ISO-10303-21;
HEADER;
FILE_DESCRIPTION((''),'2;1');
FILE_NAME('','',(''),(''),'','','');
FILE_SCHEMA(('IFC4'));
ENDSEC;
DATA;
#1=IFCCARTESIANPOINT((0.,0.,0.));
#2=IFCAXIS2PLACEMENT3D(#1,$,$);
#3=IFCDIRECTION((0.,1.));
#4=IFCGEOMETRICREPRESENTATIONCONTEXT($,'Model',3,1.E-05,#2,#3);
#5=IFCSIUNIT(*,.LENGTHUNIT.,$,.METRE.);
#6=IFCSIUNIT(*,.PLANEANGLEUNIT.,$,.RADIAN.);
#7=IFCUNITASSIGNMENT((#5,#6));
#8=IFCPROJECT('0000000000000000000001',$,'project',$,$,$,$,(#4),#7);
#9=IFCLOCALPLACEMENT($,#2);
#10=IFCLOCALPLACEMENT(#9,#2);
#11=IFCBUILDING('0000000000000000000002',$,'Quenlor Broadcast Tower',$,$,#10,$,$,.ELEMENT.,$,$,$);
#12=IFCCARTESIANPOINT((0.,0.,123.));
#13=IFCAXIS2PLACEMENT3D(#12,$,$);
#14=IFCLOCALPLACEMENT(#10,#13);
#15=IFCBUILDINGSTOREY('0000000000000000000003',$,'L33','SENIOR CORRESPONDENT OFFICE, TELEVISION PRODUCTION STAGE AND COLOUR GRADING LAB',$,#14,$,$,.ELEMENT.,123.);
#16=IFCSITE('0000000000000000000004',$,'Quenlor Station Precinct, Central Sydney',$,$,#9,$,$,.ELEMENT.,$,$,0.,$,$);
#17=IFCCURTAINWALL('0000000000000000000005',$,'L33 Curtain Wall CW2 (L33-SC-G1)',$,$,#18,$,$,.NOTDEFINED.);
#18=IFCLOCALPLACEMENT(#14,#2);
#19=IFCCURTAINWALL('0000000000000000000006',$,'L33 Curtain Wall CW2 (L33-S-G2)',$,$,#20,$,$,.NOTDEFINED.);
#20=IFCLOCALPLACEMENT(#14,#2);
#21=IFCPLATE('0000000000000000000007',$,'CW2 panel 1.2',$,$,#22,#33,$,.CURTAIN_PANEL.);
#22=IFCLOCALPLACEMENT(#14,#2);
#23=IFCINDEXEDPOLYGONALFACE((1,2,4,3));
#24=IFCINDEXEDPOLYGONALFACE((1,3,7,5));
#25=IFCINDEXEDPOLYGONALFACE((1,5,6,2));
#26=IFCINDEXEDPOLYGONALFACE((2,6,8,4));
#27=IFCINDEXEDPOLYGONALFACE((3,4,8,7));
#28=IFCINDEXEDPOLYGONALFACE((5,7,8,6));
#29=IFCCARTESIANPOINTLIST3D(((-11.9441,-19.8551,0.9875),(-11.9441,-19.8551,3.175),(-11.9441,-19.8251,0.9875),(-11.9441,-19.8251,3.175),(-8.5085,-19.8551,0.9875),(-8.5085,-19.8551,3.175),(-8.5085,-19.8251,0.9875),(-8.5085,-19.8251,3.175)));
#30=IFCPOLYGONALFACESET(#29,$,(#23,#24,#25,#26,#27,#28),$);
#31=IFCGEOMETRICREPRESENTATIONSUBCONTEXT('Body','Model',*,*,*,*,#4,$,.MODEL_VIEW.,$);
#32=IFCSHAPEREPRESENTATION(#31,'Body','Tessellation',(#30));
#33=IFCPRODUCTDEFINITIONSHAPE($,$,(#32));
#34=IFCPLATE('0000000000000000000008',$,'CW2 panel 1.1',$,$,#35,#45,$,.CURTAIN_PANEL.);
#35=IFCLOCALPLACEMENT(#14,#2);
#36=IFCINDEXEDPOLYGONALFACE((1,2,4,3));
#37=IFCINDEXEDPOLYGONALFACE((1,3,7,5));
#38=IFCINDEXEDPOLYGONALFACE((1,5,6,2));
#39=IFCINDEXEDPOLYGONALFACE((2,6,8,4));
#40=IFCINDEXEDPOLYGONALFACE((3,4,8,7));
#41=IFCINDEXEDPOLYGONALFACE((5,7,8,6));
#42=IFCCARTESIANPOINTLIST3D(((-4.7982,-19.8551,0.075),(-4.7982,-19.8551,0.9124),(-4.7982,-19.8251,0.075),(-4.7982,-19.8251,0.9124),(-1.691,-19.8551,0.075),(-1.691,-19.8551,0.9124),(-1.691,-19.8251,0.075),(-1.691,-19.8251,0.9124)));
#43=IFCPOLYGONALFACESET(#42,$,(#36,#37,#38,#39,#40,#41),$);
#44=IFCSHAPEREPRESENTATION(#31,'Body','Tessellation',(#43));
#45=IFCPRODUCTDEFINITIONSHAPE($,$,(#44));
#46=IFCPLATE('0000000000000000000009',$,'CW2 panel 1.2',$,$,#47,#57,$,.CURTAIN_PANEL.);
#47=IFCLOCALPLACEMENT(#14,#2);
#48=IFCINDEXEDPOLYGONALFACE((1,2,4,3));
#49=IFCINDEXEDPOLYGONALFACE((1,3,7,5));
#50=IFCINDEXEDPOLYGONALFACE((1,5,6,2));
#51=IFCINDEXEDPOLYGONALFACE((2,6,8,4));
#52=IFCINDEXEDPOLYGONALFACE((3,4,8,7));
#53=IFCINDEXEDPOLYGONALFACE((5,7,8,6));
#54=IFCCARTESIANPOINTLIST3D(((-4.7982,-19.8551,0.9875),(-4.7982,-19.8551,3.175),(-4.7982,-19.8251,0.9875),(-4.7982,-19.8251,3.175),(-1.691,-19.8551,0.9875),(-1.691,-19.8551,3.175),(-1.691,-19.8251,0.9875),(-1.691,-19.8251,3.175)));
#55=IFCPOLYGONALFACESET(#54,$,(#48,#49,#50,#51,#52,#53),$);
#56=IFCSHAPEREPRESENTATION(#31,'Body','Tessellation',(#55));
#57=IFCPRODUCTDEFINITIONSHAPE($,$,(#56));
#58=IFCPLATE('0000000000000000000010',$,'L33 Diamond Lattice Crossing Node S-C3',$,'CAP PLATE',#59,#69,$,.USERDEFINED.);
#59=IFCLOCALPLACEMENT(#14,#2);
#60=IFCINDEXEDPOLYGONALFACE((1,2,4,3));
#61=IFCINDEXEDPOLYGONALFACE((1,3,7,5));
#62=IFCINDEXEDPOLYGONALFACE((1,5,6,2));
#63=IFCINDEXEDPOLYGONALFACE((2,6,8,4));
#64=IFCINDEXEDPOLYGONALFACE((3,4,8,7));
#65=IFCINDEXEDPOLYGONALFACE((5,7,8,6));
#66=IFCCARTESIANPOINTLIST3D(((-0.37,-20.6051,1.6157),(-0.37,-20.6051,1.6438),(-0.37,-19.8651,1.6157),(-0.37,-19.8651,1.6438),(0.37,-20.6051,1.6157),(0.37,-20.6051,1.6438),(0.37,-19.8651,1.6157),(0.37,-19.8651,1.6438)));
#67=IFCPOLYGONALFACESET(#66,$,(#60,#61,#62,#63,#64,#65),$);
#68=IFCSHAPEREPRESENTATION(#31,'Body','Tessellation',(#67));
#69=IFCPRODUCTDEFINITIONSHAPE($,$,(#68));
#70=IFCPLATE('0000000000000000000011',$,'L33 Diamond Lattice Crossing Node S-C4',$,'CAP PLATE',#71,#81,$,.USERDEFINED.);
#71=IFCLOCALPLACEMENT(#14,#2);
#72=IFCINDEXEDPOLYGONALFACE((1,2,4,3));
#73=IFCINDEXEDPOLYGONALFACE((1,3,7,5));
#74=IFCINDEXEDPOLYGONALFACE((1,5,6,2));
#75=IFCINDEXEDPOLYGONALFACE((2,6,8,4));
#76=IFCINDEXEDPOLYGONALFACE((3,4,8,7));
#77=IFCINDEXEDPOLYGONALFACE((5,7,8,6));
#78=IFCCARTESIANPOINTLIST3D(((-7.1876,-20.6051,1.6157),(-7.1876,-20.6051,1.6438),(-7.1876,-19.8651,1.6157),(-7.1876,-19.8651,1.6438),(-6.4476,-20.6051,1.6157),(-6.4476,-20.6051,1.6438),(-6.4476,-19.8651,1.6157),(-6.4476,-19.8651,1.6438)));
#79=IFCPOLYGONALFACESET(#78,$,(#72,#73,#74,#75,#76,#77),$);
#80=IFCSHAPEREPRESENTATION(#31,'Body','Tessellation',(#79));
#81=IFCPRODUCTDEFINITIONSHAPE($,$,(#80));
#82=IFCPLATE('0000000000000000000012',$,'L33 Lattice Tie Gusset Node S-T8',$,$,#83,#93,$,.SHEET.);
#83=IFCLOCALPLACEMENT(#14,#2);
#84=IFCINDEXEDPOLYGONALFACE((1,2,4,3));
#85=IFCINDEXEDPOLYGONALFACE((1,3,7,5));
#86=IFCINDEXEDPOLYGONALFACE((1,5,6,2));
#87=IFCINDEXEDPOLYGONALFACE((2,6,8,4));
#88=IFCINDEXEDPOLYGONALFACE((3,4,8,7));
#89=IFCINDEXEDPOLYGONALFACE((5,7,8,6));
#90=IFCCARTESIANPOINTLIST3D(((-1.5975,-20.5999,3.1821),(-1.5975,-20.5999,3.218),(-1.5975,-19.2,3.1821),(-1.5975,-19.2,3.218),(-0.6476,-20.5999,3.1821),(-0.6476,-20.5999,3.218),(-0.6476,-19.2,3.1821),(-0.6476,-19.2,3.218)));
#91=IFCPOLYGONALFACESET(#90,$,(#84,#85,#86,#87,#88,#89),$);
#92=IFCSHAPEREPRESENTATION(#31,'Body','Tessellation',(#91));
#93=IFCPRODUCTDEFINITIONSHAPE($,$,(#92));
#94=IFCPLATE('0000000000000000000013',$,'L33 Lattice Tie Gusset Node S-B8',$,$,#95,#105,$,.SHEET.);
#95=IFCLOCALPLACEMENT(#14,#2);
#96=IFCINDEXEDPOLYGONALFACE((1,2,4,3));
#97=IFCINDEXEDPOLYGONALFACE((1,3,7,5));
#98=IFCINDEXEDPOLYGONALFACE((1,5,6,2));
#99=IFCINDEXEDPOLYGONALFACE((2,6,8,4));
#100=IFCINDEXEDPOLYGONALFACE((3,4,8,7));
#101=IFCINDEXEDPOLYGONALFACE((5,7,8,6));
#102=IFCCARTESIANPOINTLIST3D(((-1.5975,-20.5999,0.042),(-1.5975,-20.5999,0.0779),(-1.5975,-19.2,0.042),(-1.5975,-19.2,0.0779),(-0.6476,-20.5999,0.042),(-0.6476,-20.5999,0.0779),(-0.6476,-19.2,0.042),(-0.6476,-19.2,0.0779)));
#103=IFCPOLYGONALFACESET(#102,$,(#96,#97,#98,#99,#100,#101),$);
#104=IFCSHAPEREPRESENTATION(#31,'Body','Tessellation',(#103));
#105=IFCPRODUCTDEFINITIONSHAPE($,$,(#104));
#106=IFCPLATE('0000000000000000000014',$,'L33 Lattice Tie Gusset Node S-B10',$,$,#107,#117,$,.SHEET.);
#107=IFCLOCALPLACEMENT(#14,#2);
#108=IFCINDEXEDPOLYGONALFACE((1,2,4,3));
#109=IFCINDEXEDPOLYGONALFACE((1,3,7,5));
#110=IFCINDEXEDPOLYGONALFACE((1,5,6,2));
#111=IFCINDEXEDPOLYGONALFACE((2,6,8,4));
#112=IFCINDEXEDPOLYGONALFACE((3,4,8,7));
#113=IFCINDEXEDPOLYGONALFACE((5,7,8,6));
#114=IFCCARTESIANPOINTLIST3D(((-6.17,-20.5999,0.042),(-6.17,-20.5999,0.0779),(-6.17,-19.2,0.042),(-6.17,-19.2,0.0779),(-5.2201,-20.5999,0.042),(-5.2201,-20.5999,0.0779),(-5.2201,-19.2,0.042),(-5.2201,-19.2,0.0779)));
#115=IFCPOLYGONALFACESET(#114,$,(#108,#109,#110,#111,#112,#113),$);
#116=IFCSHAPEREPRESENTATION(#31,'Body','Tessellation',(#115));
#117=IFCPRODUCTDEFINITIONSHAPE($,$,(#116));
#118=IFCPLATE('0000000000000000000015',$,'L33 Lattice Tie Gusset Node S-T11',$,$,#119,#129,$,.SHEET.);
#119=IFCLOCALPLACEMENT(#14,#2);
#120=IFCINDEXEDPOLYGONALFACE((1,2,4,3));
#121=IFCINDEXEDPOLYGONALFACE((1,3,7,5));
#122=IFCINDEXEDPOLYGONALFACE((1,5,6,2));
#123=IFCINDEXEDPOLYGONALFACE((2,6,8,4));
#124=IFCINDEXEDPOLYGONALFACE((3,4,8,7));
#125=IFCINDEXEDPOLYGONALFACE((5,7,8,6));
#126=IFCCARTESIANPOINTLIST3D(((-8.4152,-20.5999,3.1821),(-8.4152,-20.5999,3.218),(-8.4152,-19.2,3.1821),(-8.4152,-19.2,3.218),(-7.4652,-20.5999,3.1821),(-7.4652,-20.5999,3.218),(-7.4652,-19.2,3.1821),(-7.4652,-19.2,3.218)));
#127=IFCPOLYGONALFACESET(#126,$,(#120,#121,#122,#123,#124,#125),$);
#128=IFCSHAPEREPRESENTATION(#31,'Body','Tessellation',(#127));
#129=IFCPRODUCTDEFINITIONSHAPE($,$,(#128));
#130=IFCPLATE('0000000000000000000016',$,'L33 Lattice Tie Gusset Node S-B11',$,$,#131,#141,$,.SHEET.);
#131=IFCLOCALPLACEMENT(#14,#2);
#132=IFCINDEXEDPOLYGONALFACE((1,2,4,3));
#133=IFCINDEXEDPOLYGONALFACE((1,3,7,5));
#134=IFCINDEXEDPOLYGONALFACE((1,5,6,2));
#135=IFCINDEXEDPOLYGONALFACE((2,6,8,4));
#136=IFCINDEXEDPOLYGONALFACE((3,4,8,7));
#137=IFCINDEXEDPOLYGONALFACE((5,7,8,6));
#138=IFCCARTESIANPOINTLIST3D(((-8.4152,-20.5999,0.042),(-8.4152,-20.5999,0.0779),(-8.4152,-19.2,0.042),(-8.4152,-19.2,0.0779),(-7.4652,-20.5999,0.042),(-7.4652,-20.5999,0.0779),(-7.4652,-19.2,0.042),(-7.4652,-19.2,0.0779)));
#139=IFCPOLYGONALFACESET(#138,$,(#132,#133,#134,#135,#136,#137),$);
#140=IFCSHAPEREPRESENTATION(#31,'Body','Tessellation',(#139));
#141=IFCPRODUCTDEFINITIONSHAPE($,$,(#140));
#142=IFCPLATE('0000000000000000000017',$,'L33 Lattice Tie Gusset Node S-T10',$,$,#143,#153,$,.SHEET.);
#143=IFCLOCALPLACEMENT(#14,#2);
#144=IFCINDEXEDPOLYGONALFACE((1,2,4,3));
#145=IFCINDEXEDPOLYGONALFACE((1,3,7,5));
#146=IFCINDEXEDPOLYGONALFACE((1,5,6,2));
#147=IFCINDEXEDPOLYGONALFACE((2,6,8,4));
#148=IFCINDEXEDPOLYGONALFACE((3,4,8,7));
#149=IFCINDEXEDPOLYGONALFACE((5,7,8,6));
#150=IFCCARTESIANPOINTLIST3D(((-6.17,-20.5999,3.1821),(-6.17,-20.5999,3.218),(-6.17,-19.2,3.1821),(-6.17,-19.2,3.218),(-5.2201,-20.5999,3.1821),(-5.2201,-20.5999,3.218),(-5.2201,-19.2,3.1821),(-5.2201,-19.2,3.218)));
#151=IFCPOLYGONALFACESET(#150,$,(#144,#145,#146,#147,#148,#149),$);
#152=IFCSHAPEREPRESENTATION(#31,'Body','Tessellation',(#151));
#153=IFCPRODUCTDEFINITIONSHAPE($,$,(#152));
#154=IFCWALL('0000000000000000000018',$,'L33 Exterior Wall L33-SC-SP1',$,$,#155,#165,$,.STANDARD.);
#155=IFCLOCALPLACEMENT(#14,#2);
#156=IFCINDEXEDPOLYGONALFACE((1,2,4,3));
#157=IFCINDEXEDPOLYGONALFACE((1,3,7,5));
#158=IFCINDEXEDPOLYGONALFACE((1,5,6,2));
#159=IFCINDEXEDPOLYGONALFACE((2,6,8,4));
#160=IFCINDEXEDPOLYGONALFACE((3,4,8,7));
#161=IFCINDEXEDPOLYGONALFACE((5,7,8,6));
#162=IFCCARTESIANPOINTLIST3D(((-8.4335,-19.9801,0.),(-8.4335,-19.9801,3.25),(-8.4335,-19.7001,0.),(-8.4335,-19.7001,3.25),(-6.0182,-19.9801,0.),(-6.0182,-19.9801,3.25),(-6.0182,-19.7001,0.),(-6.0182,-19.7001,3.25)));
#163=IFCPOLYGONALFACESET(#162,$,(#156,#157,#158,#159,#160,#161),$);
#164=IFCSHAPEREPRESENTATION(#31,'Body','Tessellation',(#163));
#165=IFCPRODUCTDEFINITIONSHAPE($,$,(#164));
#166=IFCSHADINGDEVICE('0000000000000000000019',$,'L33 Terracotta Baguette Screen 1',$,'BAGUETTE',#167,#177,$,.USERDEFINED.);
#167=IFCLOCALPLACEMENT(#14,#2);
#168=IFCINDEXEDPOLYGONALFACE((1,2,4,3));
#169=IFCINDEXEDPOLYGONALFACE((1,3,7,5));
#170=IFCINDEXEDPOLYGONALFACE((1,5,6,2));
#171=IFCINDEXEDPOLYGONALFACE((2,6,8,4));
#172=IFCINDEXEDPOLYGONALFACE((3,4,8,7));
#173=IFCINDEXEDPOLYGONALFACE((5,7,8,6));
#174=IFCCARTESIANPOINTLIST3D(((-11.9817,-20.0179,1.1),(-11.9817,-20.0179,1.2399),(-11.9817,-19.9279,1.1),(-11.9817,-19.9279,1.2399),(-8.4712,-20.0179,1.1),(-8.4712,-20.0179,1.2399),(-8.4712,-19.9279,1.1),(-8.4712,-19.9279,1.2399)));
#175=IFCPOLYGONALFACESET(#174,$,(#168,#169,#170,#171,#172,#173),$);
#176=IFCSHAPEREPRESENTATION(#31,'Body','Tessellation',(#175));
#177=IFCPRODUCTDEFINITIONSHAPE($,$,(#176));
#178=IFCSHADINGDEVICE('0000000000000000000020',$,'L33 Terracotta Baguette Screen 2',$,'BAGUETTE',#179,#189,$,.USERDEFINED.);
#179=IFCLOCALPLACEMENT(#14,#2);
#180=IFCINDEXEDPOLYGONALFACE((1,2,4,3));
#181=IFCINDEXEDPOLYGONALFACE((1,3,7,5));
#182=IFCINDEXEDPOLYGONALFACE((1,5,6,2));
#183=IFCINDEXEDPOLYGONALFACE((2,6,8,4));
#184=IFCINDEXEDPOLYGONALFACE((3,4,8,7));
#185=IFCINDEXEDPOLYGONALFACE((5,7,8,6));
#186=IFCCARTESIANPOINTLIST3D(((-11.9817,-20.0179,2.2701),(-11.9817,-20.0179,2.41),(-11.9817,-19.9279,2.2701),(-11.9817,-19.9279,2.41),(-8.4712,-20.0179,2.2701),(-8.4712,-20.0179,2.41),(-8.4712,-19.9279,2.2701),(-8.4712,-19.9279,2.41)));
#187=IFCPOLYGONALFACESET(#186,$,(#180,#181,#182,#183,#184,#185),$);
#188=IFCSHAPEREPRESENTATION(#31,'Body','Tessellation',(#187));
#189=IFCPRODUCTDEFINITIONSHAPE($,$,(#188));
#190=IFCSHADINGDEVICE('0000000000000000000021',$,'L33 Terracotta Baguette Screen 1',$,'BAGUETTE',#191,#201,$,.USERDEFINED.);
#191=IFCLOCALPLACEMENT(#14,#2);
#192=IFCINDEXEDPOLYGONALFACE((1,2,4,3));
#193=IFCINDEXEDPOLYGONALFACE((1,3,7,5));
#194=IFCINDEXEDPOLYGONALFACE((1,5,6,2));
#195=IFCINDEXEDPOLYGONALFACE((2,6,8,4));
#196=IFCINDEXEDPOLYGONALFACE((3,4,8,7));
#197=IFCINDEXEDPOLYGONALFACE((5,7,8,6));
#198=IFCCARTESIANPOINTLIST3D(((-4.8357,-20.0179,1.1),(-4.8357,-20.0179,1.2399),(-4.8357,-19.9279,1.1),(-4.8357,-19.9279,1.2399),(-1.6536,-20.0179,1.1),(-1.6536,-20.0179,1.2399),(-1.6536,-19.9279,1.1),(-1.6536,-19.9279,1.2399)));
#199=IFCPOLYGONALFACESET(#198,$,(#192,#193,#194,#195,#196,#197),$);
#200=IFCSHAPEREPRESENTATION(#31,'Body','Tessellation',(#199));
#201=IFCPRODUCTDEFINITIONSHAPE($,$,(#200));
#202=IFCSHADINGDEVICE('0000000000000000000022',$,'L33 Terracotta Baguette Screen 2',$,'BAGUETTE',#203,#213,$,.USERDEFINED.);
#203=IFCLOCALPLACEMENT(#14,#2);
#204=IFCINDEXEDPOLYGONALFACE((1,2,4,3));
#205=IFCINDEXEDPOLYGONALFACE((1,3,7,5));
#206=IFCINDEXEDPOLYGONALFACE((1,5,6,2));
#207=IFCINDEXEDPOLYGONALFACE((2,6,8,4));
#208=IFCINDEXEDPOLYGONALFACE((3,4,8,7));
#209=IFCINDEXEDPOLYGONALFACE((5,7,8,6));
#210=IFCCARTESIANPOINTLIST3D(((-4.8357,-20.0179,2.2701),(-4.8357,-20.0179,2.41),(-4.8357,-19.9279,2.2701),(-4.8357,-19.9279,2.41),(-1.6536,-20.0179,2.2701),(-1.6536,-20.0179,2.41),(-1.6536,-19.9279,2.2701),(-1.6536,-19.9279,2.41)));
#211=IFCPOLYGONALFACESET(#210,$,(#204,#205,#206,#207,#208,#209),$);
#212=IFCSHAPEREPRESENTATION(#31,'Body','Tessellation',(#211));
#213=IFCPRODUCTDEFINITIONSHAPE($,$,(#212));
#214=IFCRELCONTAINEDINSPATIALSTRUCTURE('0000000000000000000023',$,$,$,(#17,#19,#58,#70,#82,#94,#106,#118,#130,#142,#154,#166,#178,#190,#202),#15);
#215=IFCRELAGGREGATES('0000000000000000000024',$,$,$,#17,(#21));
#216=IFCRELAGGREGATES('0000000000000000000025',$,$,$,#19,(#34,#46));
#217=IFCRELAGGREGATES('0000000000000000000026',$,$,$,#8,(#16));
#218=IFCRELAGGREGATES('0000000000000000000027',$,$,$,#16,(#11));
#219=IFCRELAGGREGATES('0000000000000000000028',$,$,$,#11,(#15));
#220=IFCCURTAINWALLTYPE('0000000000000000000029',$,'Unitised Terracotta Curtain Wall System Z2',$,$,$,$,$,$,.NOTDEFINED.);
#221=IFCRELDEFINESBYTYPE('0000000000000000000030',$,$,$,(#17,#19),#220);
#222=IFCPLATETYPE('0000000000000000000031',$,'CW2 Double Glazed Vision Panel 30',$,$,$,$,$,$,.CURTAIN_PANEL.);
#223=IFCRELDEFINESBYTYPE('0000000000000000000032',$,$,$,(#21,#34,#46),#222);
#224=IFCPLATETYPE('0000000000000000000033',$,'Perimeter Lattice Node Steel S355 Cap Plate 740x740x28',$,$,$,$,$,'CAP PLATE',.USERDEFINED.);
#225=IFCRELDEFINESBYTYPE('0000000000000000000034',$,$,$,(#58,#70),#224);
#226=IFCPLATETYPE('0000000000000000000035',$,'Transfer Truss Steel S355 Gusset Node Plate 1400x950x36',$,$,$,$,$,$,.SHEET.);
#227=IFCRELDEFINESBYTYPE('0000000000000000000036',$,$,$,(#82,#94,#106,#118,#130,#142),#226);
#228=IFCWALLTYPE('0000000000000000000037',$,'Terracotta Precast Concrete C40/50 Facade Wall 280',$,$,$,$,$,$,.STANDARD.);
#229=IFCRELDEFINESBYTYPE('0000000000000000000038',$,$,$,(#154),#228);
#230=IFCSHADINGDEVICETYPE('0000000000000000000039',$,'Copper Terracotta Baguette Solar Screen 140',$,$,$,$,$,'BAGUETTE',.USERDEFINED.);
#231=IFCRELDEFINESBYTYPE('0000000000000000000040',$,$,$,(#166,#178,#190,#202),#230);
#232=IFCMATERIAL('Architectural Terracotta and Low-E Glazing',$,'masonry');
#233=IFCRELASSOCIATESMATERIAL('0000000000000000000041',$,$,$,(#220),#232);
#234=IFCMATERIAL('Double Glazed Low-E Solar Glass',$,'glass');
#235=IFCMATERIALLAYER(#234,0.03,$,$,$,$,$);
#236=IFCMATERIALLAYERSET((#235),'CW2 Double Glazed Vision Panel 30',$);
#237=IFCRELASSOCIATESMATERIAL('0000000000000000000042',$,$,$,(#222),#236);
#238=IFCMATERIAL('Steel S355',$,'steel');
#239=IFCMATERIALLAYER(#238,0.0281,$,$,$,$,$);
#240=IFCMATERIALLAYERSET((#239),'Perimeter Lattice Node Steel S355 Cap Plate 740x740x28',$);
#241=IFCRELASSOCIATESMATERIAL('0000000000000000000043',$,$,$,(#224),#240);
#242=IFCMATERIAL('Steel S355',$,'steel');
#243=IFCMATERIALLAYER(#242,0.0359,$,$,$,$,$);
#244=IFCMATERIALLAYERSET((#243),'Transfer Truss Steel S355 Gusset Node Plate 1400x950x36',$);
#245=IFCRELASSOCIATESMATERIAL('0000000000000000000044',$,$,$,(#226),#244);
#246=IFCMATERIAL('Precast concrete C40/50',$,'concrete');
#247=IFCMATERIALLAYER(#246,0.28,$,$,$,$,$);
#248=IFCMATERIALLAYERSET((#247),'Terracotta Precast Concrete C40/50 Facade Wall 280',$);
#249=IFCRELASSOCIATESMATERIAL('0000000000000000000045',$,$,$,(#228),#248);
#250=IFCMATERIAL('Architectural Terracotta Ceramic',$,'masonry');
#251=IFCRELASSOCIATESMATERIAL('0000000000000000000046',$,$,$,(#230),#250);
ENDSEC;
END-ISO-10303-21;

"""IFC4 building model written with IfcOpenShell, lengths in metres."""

from ifc_helpers import new_model, si_unit, direction, frame, frame_2d, origin, origin_2d, place, context, subcontext, project, spatial, rectangle, extrude, material, layer, layer_set, material_profile, profile_set, type_object, element, aggregate, save


model = new_model("IFC4")

# Units and contexts
model_context = context("Model", 3, precision=1e-05, world=origin(), true_north=direction((0.0, 1.0)))
body_context = subcontext(model_context, "Body", "Model", "MODEL_VIEW")
ifc_project = project(units=[si_unit("LENGTHUNIT", "METRE"), si_unit("PLANEANGLEUNIT", "RADIAN")], contexts=[model_context])

# Site, building, storey
site_placement = place(None, origin())
site = spatial("IfcSite", under=ifc_project, at=site_placement, Name="Quenlor Station Precinct, Central Sydney", CompositionType="ELEMENT", RefElevation=0.0)
building_placement = place(site_placement, origin())
building = spatial("IfcBuilding", under=site, at=building_placement, Name="Quenlor Broadcast Tower", CompositionType="ELEMENT")
storey_placement = place(building_placement, frame((0.0, 0.0, 123.0)))
storey = spatial("IfcBuildingStorey", under=building, at=storey_placement, Name="L33", Description="SENIOR CORRESPONDENT OFFICE, TELEVISION PRODUCTION STAGE AND COLOUR GRADING LAB", CompositionType="ELEMENT", Elevation=123.0)

# Curtain walls
ifc_material_1 = material(Name="Architectural Terracotta and Low-E Glazing", Category="masonry")
curtain_wall_type = type_object("IfcCurtainWallType", Name="Unitised Terracotta Curtain Wall System Z2", PredefinedType="NOTDEFINED", material=ifc_material_1)
curtain_wall_1_placement = place(storey_placement, origin())
curtain_wall_1 = element("IfcCurtainWall", 1, at=curtain_wall_1_placement, inside=storey, type_object=curtain_wall_type, Name="L33 Curtain Wall CW2 (L33-SC-G1)", PredefinedType="NOTDEFINED")
curtain_wall_2_placement = place(storey_placement, origin())
curtain_wall_2 = element("IfcCurtainWall", 2, at=curtain_wall_2_placement, inside=storey, type_object=curtain_wall_type, Name="L33 Curtain Wall CW2 (L33-S-G2)", PredefinedType="NOTDEFINED")

# Plates
ifc_material_2 = material(Name="Double Glazed Low-E Solar Glass", Category="glass")
ifc_layer_1 = layer(ifc_material_2, 0.03)
ifc_layer_set_1 = layer_set([ifc_layer_1], Name="CW2 Double Glazed Vision Panel 30")
plate_type_1 = type_object("IfcPlateType", Name="CW2 Double Glazed Vision Panel 30", PredefinedType="CURTAIN_PANEL", material=ifc_layer_set_1)
plate_1_placement = place(storey_placement, frame((-10.2263, -19.8401, 0.9875), z_axis=(0.0, 0.0, 1.0), x_axis=(-1.0, 0.0, 0.0)))
plate_1 = element("IfcPlate", 3, at=plate_1_placement, type_object=plate_type_1, Name="CW2 panel 1.2", PredefinedType="CURTAIN_PANEL", context=body_context, shape_type="SweptSolid", body=[
    extrude(rectangle(XDim=3.4355, YDim=0.03, at=origin_2d()), origin(), (0.0, 0.0, 1.0), 2.1875),
])
aggregate(curtain_wall_1, [plate_1])
plate_2_placement = place(storey_placement, frame((-3.2446, -19.8401, 0.075), z_axis=(0.0, 0.0, 1.0), x_axis=(-1.0, 0.0, 0.0)))
plate_2 = element("IfcPlate", 4, at=plate_2_placement, type_object=plate_type_1, Name="CW2 panel 1.1", PredefinedType="CURTAIN_PANEL", context=body_context, shape_type="SweptSolid", body=[
    extrude(rectangle(XDim=3.1072, YDim=0.03, at=origin_2d()), origin(), (0.0, 0.0, 1.0), 0.8374),
])
plate_3_placement = place(storey_placement, frame((-3.2446, -19.8401, 0.9875), z_axis=(0.0, 0.0, 1.0), x_axis=(-1.0, 0.0, 0.0)))
plate_3 = element("IfcPlate", 5, at=plate_3_placement, type_object=plate_type_1, Name="CW2 panel 1.2", PredefinedType="CURTAIN_PANEL", context=body_context, shape_type="SweptSolid", body=[
    extrude(rectangle(XDim=3.1072, YDim=0.03, at=origin_2d()), origin(), (0.0, 0.0, 1.0), 2.1875),
])
aggregate(curtain_wall_2, [plate_2, plate_3])

# Plates
ifc_material_3 = material(Name="Steel S355", Category="steel")
ifc_layer_2 = layer(ifc_material_3, 0.0281)
ifc_layer_set_2 = layer_set([ifc_layer_2], Name="Perimeter Lattice Node Steel S355 Cap Plate 740x740x28")
plate_type_2 = type_object("IfcPlateType", Name="Perimeter Lattice Node Steel S355 Cap Plate 740x740x28", ElementType="CAP PLATE", PredefinedType="USERDEFINED", material=ifc_layer_set_2)
for number, where, z_axis, x_axis, name in (
    (6, (0.0, -20.2351, 1.6157), (0.0, 0.0, 1.0), (-1.0, 0.0, 0.0), "L33 Diamond Lattice Crossing Node S-C3"),
    (7, (-6.8176, -20.2351, 1.6157), (0.0, 0.0, 1.0), (-1.0, 0.0, 0.0), "L33 Diamond Lattice Crossing Node S-C4"),
):
    element("IfcPlate", number, at=place(storey_placement, frame(where, z_axis=z_axis, x_axis=x_axis)), inside=storey, type_object=plate_type_2, Name=name, ObjectType="CAP PLATE", PredefinedType="USERDEFINED", context=body_context, shape_type="SweptSolid", body=[
        extrude(rectangle(XDim=0.74, YDim=0.74, at=origin_2d()), origin(), (0.0, 0.0, 1.0), 0.0281),
    ])
ifc_material_4 = material(Name="Steel S355", Category="steel")
ifc_layer_3 = layer(ifc_material_4, 0.0359)
ifc_layer_set_3 = layer_set([ifc_layer_3], Name="Transfer Truss Steel S355 Gusset Node Plate 1400x950x36")
plate_type_3 = type_object("IfcPlateType", Name="Transfer Truss Steel S355 Gusset Node Plate 1400x950x36", PredefinedType="SHEET", material=ifc_layer_set_3)
for number, where, z_axis, x_axis, name in (
    (8, (-1.1226, -19.8999, 3.1821), (0.0, 0.0, 1.0), (0.0, -1.0, 0.0), "L33 Lattice Tie Gusset Node S-T8"),
    (9, (-1.1226, -19.8999, 0.042), (0.0, 0.0, 1.0), (0.0, -1.0, 0.0), "L33 Lattice Tie Gusset Node S-B8"),
    (10, (-5.6951, -19.8999, 0.042), (0.0, 0.0, 1.0), (0.0, -1.0, 0.0), "L33 Lattice Tie Gusset Node S-B10"),
    (11, (-7.9402, -19.8999, 3.1821), (0.0, 0.0, 1.0), (0.0, -1.0, 0.0), "L33 Lattice Tie Gusset Node S-T11"),
    (12, (-7.9402, -19.8999, 0.042), (0.0, 0.0, 1.0), (0.0, -1.0, 0.0), "L33 Lattice Tie Gusset Node S-B11"),
    (13, (-5.6951, -19.8999, 3.1821), (0.0, 0.0, 1.0), (0.0, -1.0, 0.0), "L33 Lattice Tie Gusset Node S-T10"),
):
    element("IfcPlate", number, at=place(storey_placement, frame(where, z_axis=z_axis, x_axis=x_axis)), inside=storey, type_object=plate_type_3, Name=name, PredefinedType="SHEET", context=body_context, shape_type="SweptSolid", body=[
        extrude(rectangle(XDim=1.3999, YDim=0.95, at=origin_2d()), origin(), (0.0, 0.0, 1.0), 0.0359),
    ])

# Wall
ifc_material_5 = material(Name="Precast concrete C40/50", Category="concrete")
ifc_layer_4 = layer(ifc_material_5, 0.28)
ifc_layer_set_4 = layer_set([ifc_layer_4], Name="Terracotta Precast Concrete C40/50 Facade Wall 280")
wall_type = type_object("IfcWallType", Name="Terracotta Precast Concrete C40/50 Facade Wall 280", PredefinedType="STANDARD", material=ifc_layer_set_4)
wall_placement = place(storey_placement, frame((-6.0183, -19.8401, 0.0), z_axis=(0.0, 0.0, 1.0), x_axis=(-1.0, 0.0, 0.0)))
element("IfcWall", 14, at=wall_placement, inside=storey, type_object=wall_type, Name="L33 Exterior Wall L33-SC-SP1", PredefinedType="STANDARD", context=body_context, shape_type="SweptSolid", body=[
    extrude(rectangle(XDim=2.4153, YDim=0.28, at=frame_2d((1.2075, 0.0))), origin(), (0.0, 0.0, 1.0), 3.25),
])

# Shading devices
ifc_material_6 = material(Name="Architectural Terracotta Ceramic", Category="masonry")
ifc_material_profile_1 = material_profile(ifc_material_6, rectangle(XDim=0.0901, YDim=0.1399, at=origin_2d()))
ifc_profile_set_1 = profile_set([ifc_material_profile_1], Name="Architectural Terracotta Ceramic BAG90x140")
shading_device_type = type_object("IfcShadingDeviceType", Name="Copper Terracotta Baguette Solar Screen 140", ElementType="BAGUETTE", PredefinedType="USERDEFINED", material=ifc_profile_set_1)
for number, where, z_axis, x_axis, name in (
    (15, (-8.4712, -19.9729, 1.1699), (-1.0, 0.0, 0.0), (0.0, -1.0, 0.0), "L33 Terracotta Baguette Screen 1"),
    (16, (-8.4712, -19.9729, 2.3401), (-1.0, 0.0, 0.0), (0.0, -1.0, 0.0), "L33 Terracotta Baguette Screen 2"),
):
    element("IfcShadingDevice", number, at=place(storey_placement, frame(where, z_axis=z_axis, x_axis=x_axis)), inside=storey, type_object=shading_device_type, Name=name, ObjectType="BAGUETTE", PredefinedType="USERDEFINED", context=body_context, shape_type="SweptSolid", body=[
        extrude(rectangle(XDim=0.0901, YDim=0.1399, at=origin_2d()), origin(), (0.0, 0.0, 1.0), 3.5105),
    ])
for number, where, z_axis, x_axis, name in (
    (17, (-1.6536, -19.9729, 1.1699), (-1.0, 0.0, 0.0), (0.0, -1.0, 0.0), "L33 Terracotta Baguette Screen 1"),
    (18, (-1.6536, -19.9729, 2.3401), (-1.0, 0.0, 0.0), (0.0, -1.0, 0.0), "L33 Terracotta Baguette Screen 2"),
):
    element("IfcShadingDevice", number, at=place(storey_placement, frame(where, z_axis=z_axis, x_axis=x_axis)), inside=storey, type_object=shading_device_type, Name=name, ObjectType="BAGUETTE", PredefinedType="USERDEFINED", context=body_context, shape_type="SweptSolid", body=[
        extrude(rectangle(XDim=0.0901, YDim=0.1399, at=origin_2d()), origin(), (0.0, 0.0, 1.0), 3.1821),
    ])

save(model, "model.ifc")
